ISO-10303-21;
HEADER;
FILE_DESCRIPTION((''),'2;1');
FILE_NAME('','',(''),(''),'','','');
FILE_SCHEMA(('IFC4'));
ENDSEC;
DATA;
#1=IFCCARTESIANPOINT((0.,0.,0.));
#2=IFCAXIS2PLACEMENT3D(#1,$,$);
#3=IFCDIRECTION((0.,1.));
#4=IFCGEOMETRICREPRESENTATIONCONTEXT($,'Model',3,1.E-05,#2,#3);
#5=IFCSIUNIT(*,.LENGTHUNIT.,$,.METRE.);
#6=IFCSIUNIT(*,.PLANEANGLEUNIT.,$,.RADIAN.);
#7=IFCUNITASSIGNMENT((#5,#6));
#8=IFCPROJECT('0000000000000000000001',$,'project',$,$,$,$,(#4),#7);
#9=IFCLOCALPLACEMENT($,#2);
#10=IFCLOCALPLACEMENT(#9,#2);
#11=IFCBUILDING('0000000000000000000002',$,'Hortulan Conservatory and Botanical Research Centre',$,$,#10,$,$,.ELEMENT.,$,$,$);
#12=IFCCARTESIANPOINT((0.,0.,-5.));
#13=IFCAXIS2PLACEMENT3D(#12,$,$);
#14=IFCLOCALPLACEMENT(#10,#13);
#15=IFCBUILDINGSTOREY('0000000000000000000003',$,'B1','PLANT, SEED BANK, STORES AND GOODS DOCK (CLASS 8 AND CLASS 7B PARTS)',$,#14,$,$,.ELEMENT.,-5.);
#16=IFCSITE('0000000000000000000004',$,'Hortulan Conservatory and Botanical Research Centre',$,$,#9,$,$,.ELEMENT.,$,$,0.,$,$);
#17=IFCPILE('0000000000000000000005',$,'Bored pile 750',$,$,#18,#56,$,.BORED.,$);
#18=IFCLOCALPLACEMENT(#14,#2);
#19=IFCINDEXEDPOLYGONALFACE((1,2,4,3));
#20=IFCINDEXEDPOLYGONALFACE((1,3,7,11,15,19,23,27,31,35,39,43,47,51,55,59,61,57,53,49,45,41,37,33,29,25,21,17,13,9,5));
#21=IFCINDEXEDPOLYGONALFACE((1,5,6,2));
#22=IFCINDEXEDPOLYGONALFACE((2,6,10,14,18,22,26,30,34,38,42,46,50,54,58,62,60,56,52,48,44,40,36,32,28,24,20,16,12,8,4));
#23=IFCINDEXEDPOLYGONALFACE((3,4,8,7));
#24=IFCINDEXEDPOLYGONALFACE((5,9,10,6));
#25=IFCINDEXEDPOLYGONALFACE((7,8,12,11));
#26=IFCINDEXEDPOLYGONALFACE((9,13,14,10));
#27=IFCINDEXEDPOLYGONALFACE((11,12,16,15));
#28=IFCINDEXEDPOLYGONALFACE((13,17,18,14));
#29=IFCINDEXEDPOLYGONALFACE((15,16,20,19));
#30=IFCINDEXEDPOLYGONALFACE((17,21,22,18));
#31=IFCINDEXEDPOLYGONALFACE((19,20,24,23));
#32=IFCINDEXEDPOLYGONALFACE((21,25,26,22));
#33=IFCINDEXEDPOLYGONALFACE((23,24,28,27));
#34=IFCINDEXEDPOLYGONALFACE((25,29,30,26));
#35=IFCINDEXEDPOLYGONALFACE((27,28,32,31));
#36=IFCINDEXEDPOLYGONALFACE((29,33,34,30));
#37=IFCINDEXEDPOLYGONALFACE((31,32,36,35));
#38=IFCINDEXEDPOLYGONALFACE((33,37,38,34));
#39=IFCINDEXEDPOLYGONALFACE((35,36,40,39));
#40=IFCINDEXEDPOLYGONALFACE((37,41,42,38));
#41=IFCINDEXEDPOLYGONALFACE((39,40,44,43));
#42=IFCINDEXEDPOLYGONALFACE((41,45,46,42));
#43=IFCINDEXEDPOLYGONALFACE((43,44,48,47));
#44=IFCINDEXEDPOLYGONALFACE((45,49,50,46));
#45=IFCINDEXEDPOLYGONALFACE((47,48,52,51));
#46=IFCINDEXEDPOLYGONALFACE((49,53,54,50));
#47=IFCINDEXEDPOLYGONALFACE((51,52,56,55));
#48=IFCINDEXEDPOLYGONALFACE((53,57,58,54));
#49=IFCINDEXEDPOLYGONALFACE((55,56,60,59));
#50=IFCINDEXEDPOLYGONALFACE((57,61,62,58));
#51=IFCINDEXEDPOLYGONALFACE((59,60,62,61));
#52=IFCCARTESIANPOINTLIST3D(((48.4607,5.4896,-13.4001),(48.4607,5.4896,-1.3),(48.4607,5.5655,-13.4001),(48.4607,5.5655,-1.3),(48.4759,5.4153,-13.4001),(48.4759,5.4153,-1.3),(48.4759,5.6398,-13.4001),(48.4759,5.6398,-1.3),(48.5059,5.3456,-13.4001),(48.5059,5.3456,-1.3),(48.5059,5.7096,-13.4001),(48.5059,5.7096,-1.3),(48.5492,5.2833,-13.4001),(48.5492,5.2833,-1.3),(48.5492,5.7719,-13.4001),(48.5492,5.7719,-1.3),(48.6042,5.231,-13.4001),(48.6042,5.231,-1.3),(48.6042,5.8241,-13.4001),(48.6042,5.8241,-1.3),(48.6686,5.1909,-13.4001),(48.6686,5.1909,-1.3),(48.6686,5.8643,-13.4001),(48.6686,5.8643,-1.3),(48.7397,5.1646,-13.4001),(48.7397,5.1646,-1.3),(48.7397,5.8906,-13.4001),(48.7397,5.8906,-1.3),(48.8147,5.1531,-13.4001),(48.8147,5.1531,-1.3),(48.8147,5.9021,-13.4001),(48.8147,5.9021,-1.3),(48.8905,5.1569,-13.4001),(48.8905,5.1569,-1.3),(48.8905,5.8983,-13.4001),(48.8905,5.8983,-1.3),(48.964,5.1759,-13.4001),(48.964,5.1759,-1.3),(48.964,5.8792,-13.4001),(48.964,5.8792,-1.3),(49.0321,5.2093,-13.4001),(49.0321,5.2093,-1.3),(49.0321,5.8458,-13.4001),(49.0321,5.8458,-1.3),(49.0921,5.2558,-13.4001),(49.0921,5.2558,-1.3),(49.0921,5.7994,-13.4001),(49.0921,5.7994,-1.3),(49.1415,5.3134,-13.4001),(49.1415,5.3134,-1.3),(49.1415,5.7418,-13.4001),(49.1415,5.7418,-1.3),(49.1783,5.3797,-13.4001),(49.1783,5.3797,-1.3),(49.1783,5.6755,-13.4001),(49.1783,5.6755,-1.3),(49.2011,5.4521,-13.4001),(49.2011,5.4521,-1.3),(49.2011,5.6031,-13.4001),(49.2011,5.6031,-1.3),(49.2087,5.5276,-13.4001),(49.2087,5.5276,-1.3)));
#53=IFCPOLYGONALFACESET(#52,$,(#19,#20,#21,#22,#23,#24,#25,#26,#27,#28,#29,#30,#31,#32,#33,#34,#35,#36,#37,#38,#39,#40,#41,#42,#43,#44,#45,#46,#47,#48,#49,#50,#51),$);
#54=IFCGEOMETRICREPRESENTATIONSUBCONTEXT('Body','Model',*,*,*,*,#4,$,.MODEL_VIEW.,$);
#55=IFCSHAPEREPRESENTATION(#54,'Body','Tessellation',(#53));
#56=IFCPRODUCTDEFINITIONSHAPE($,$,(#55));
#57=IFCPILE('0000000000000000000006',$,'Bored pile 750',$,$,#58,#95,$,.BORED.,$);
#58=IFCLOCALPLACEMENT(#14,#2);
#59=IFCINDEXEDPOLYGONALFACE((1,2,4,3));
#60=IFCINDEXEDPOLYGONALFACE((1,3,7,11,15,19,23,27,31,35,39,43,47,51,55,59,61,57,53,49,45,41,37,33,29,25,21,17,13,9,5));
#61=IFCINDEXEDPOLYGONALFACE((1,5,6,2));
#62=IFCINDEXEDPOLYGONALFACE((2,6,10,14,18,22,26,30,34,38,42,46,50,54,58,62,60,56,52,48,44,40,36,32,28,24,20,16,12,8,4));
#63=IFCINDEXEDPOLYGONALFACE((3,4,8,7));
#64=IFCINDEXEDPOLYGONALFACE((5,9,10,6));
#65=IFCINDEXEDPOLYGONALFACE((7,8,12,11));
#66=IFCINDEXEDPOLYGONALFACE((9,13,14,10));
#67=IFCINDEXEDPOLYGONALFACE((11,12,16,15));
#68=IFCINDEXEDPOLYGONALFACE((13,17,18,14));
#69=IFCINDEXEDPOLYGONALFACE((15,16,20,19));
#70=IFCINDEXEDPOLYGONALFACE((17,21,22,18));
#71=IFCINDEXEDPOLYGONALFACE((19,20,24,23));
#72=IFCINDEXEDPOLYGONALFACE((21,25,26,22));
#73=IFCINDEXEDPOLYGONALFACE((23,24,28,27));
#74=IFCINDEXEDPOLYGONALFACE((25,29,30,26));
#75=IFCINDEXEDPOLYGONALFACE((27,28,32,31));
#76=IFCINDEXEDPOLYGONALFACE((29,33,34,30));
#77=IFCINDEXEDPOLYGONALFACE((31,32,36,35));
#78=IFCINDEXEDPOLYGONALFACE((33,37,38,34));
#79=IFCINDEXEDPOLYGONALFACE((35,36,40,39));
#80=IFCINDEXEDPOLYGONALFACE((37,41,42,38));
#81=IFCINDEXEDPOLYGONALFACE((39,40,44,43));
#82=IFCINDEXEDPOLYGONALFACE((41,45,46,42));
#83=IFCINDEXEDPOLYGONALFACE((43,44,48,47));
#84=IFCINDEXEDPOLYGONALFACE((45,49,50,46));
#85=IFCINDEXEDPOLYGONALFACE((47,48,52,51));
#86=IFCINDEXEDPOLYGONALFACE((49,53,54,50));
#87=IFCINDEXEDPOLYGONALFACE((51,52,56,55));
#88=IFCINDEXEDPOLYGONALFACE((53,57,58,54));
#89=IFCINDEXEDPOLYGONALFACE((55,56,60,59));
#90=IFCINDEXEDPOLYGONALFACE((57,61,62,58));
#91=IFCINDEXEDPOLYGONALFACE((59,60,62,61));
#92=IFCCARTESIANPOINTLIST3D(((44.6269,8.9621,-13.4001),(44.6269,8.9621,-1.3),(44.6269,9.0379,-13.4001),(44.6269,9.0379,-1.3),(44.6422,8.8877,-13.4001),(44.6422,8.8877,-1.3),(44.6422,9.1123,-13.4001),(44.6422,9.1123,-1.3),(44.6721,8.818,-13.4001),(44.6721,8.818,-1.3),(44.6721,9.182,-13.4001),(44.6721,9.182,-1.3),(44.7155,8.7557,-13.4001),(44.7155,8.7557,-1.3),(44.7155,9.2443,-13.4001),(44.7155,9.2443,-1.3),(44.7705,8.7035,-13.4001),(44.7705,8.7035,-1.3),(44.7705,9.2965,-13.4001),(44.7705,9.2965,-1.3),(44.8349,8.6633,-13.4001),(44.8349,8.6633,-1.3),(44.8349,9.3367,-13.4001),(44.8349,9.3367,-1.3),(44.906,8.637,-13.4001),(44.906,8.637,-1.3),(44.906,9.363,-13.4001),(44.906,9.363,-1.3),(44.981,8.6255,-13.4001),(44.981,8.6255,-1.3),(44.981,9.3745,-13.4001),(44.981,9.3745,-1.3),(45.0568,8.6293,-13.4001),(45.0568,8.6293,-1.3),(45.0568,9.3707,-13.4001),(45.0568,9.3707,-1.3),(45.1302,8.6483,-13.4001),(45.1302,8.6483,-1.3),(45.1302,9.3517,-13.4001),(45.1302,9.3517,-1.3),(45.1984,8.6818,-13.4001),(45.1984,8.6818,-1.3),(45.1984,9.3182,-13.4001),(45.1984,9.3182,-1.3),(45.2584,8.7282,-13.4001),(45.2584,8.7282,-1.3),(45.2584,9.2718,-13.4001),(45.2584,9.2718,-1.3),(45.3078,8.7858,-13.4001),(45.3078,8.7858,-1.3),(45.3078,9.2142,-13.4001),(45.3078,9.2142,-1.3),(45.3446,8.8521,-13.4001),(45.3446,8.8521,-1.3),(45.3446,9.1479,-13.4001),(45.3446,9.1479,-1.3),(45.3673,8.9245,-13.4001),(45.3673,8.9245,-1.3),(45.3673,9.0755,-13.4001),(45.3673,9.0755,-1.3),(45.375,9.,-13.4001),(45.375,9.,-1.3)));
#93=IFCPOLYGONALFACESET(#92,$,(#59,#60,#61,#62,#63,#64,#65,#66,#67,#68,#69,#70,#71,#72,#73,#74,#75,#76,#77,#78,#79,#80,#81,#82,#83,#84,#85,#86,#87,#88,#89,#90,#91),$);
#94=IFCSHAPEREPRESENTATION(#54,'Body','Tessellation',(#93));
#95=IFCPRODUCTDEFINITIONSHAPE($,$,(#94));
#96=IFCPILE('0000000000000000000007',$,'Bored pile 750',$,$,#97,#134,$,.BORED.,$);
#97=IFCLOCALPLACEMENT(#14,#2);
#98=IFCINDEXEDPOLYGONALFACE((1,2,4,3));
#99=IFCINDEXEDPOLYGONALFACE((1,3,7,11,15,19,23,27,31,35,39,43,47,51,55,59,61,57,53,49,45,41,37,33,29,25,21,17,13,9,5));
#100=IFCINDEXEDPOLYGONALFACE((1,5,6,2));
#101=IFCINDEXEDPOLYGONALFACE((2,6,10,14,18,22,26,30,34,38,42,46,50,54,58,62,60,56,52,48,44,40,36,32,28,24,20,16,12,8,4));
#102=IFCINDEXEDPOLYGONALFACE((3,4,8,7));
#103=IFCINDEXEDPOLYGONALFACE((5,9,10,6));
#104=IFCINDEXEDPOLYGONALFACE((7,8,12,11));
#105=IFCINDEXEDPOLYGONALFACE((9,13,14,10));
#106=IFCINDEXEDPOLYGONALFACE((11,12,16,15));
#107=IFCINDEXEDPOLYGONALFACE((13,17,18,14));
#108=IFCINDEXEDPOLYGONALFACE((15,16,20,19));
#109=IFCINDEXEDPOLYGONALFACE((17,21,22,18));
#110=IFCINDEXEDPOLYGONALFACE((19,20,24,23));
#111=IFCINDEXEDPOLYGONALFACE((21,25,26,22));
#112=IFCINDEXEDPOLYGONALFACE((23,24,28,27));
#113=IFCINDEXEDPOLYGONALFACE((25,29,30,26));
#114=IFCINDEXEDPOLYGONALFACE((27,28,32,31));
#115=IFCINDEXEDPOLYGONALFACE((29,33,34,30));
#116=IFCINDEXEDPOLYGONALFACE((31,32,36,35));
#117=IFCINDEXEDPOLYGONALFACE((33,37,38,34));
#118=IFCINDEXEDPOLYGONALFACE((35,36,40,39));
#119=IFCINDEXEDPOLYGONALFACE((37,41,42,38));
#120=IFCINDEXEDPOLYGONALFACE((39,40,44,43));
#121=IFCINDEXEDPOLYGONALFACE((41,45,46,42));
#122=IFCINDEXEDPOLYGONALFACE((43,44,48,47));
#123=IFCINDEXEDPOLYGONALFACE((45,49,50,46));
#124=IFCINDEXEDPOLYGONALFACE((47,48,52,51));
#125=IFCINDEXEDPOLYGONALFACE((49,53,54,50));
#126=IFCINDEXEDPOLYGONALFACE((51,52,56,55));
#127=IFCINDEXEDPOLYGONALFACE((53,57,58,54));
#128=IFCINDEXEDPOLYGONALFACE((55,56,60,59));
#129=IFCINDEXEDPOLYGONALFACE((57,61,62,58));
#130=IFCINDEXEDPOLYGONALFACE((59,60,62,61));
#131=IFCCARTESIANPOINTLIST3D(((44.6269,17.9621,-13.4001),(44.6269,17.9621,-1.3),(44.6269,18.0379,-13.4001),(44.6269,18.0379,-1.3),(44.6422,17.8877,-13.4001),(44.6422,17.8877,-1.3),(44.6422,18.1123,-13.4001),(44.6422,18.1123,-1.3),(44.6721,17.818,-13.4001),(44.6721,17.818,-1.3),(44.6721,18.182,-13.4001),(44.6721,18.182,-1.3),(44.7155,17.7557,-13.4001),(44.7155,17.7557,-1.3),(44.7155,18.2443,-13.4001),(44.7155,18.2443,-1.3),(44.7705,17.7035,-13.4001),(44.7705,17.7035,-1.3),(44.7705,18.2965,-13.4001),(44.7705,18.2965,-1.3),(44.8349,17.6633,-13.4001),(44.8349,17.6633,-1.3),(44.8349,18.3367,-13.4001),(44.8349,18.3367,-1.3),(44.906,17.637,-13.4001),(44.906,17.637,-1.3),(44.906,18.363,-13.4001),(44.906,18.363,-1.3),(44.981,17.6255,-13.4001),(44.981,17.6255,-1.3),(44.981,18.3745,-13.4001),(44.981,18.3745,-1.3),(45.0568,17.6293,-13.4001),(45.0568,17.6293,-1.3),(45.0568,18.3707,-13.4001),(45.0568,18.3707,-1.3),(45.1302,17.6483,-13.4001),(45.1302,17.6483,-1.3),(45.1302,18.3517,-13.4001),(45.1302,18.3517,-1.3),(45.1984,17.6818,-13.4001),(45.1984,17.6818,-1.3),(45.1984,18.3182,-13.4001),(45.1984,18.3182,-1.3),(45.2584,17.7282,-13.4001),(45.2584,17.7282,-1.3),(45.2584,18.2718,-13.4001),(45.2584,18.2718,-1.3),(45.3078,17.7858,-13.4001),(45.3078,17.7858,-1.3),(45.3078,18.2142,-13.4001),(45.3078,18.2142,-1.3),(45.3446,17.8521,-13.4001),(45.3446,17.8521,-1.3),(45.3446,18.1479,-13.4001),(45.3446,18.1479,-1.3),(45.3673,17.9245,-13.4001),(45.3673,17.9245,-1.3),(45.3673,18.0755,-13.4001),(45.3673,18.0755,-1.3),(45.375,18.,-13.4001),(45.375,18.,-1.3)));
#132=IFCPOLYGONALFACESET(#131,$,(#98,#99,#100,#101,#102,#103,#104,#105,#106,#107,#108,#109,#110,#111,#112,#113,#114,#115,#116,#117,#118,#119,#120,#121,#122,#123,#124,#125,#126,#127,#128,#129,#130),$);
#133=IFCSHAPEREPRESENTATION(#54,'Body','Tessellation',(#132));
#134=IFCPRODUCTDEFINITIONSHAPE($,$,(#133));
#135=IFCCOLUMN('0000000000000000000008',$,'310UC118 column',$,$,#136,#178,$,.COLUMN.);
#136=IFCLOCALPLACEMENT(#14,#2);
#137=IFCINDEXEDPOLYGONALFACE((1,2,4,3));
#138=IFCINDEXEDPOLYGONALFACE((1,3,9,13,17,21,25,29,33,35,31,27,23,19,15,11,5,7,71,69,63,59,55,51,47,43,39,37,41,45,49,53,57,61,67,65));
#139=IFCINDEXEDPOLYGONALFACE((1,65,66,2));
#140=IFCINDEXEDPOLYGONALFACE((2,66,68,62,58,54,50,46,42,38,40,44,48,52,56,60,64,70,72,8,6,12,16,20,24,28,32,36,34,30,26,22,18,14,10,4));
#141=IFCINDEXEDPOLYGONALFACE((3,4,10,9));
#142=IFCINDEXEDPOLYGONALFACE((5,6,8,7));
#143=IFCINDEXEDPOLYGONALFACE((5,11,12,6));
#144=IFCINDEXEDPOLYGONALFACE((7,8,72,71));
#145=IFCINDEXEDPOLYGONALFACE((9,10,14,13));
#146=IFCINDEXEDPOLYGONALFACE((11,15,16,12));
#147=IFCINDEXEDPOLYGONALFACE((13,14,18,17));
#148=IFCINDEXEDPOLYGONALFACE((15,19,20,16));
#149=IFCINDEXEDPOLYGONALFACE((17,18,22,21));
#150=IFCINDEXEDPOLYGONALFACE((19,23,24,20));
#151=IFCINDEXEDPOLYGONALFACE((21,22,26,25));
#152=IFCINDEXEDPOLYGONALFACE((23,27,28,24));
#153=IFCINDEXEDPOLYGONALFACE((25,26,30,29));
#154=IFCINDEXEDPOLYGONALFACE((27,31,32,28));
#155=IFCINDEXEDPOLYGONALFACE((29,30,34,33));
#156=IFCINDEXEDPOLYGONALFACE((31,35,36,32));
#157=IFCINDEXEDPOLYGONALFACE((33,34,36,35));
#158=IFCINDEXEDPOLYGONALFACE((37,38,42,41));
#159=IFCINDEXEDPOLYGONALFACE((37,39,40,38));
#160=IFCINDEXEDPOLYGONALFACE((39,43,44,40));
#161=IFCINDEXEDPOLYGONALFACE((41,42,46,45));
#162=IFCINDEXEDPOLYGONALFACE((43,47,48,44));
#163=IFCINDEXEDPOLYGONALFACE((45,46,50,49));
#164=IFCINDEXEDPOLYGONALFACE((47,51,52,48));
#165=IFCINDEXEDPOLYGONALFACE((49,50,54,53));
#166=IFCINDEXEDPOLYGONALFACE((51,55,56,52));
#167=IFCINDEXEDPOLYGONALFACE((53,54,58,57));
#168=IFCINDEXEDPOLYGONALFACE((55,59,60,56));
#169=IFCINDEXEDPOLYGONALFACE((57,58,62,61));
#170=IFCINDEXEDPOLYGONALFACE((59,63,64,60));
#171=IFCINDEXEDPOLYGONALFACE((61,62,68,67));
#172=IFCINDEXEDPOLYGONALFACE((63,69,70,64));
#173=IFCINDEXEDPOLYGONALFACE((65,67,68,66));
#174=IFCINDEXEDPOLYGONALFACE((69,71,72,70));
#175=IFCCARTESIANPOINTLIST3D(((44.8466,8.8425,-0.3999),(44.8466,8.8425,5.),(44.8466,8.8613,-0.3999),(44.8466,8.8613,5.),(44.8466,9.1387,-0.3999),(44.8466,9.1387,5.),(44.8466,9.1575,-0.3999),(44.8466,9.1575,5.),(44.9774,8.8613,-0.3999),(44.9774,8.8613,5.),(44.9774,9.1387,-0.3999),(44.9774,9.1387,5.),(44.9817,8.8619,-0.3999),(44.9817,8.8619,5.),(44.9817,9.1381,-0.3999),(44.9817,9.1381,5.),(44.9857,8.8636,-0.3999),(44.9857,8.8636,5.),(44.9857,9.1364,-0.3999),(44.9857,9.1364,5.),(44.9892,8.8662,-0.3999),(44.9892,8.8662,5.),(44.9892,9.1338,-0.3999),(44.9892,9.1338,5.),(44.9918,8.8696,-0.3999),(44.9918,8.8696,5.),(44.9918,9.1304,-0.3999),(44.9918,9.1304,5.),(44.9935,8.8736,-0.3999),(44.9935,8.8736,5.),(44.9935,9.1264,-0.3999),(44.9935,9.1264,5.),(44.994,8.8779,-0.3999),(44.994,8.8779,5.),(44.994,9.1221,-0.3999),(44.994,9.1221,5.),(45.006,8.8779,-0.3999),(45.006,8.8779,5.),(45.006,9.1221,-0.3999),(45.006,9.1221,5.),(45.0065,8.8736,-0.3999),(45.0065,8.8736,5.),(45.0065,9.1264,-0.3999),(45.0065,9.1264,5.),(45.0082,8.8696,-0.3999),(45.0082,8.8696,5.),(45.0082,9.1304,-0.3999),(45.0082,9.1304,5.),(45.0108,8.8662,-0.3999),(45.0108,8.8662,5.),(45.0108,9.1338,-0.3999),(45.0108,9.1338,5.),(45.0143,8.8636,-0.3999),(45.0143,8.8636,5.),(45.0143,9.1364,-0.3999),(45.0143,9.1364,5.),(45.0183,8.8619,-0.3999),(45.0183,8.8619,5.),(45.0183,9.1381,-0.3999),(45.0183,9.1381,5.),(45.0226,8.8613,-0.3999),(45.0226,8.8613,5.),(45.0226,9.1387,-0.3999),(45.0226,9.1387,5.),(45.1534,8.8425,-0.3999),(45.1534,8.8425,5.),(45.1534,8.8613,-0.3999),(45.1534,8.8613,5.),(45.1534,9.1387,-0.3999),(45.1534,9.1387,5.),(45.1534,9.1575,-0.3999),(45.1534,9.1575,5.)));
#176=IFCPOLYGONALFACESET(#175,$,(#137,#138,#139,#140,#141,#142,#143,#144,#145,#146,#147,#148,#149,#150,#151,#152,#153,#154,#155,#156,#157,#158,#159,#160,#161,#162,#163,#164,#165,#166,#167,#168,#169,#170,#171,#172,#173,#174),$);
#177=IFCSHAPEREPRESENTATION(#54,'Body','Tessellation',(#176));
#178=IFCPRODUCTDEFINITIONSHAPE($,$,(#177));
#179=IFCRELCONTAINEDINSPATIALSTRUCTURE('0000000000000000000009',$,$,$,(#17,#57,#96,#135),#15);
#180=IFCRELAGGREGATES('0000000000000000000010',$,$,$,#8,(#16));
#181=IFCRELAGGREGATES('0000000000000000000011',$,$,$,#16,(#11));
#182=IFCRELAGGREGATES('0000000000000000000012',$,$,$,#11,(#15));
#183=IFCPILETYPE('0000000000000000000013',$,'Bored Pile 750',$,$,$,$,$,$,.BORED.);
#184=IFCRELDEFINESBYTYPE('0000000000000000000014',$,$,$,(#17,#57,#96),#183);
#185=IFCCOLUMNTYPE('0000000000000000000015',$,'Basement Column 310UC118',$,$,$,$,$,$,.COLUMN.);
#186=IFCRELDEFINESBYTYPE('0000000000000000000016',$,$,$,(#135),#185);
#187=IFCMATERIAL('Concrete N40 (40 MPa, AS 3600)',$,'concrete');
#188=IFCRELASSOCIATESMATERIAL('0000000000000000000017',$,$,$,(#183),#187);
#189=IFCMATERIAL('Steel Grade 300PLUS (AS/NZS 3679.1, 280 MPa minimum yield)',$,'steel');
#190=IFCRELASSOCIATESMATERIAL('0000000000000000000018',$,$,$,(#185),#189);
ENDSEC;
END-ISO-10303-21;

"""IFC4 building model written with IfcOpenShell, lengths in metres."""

from ifc_helpers import new_model, si_unit, direction, frame, origin, origin_2d, place, context, subcontext, project, spatial, circle, i_section, extrude, material, material_profile, profile_set, type_object, element, save


model = new_model("IFC4")

# Units and contexts
model_context = context("Model", 3, precision=1e-05, world=origin(), true_north=direction((0.0, 1.0)))
body_context = subcontext(model_context, "Body", "Model", "MODEL_VIEW")
ifc_project = project(units=[si_unit("LENGTHUNIT", "METRE"), si_unit("PLANEANGLEUNIT", "RADIAN")], contexts=[model_context])

# Site, building, storey
site_placement = place(None, origin())
site = spatial("IfcSite", under=ifc_project, at=site_placement, Name="Hortulan Conservatory and Botanical Research Centre", CompositionType="ELEMENT", RefElevation=0.0)
building_placement = place(site_placement, origin())
building = spatial("IfcBuilding", under=site, at=building_placement, Name="Hortulan Conservatory and Botanical Research Centre", CompositionType="ELEMENT")
storey_placement = place(building_placement, frame((0.0, 0.0, -5.0)))
storey = spatial("IfcBuildingStorey", under=building, at=storey_placement, Name="B1", Description="PLANT, SEED BANK, STORES AND GOODS DOCK (CLASS 8 AND CLASS 7B PARTS)", CompositionType="ELEMENT", Elevation=-5.0)

# Piles
ifc_material_1 = material(Name="Concrete N40 (40 MPa, AS 3600)", Category="concrete")
ifc_material_profile_1 = material_profile(ifc_material_1, circle(Radius=0.375, at=origin_2d()), Name="Bored pile 750 diameter")
ifc_profile_set_1 = profile_set([ifc_material_profile_1], Name="Concrete N40 (40 MPa, AS 3600)")
pile_type = type_object("IfcPileType", Name="Bored Pile 750", PredefinedType="BORED", material=ifc_profile_set_1)
for number, where, z_axis, x_axis, name in (
    (1, (48.8337, 5.5276, -1.3), (0.0, 0.0, -1.0), (1.0, 0.0, 0.0), "Bored pile 750"),
    (2, (45.0, 9.0, -1.3), (0.0, 0.0, -1.0), (1.0, 0.0, 0.0), "Bored pile 750"),
    (3, (45.0, 18.0, -1.3), (0.0, 0.0, -1.0), (1.0, 0.0, 0.0), "Bored pile 750"),
):
    element("IfcPile", number, at=place(storey_placement, frame(where, z_axis=z_axis, x_axis=x_axis)), inside=storey, type_object=pile_type, Name=name, PredefinedType="BORED", context=body_context, shape_type="SweptSolid", body=[
        extrude(circle(Radius=0.375, at=origin_2d()), origin(), (0.0, 0.0, 1.0), 12.1001),
    ])

# Column
ifc_material_2 = material(Name="Steel Grade 300PLUS (AS/NZS 3679.1, 280 MPa minimum yield)", Category="steel")
ifc_material_profile_2 = material_profile(ifc_material_2, i_section(OverallWidth=0.3069, OverallDepth=0.3149, WebThickness=0.012, FlangeThickness=0.0188, FilletRadius=0.0166, at=origin_2d()), Name="310UC118")
ifc_profile_set_2 = profile_set([ifc_material_profile_2], Name="Steel Grade 300PLUS (AS/NZS 3679.1, 280 MPa minimum yield)")
column_type_1 = type_object("IfcColumnType", Name="Basement Column 310UC118", PredefinedType="COLUMN", material=ifc_profile_set_2)
for number, where, z_axis, x_axis, name in (
    (4, (45.0, 9.0, -0.3999), (0.0, 0.0, 1.0), (1.0, 0.0, 0.0), "310UC118 column"),
):
    element("IfcColumn", number, at=place(storey_placement, frame(where, z_axis=z_axis, x_axis=x_axis)), inside=storey, type_object=column_type_1, Name=name, PredefinedType="COLUMN", context=body_context, shape_type="SweptSolid", body=[
        extrude(i_section(OverallWidth=0.3069, OverallDepth=0.3149, WebThickness=0.012, FlangeThickness=0.0188, FilletRadius=0.0166, at=origin_2d()), origin(), (0.0, 0.0, 1.0), 5.3999),
    ])

save(model, "model.ifc")
